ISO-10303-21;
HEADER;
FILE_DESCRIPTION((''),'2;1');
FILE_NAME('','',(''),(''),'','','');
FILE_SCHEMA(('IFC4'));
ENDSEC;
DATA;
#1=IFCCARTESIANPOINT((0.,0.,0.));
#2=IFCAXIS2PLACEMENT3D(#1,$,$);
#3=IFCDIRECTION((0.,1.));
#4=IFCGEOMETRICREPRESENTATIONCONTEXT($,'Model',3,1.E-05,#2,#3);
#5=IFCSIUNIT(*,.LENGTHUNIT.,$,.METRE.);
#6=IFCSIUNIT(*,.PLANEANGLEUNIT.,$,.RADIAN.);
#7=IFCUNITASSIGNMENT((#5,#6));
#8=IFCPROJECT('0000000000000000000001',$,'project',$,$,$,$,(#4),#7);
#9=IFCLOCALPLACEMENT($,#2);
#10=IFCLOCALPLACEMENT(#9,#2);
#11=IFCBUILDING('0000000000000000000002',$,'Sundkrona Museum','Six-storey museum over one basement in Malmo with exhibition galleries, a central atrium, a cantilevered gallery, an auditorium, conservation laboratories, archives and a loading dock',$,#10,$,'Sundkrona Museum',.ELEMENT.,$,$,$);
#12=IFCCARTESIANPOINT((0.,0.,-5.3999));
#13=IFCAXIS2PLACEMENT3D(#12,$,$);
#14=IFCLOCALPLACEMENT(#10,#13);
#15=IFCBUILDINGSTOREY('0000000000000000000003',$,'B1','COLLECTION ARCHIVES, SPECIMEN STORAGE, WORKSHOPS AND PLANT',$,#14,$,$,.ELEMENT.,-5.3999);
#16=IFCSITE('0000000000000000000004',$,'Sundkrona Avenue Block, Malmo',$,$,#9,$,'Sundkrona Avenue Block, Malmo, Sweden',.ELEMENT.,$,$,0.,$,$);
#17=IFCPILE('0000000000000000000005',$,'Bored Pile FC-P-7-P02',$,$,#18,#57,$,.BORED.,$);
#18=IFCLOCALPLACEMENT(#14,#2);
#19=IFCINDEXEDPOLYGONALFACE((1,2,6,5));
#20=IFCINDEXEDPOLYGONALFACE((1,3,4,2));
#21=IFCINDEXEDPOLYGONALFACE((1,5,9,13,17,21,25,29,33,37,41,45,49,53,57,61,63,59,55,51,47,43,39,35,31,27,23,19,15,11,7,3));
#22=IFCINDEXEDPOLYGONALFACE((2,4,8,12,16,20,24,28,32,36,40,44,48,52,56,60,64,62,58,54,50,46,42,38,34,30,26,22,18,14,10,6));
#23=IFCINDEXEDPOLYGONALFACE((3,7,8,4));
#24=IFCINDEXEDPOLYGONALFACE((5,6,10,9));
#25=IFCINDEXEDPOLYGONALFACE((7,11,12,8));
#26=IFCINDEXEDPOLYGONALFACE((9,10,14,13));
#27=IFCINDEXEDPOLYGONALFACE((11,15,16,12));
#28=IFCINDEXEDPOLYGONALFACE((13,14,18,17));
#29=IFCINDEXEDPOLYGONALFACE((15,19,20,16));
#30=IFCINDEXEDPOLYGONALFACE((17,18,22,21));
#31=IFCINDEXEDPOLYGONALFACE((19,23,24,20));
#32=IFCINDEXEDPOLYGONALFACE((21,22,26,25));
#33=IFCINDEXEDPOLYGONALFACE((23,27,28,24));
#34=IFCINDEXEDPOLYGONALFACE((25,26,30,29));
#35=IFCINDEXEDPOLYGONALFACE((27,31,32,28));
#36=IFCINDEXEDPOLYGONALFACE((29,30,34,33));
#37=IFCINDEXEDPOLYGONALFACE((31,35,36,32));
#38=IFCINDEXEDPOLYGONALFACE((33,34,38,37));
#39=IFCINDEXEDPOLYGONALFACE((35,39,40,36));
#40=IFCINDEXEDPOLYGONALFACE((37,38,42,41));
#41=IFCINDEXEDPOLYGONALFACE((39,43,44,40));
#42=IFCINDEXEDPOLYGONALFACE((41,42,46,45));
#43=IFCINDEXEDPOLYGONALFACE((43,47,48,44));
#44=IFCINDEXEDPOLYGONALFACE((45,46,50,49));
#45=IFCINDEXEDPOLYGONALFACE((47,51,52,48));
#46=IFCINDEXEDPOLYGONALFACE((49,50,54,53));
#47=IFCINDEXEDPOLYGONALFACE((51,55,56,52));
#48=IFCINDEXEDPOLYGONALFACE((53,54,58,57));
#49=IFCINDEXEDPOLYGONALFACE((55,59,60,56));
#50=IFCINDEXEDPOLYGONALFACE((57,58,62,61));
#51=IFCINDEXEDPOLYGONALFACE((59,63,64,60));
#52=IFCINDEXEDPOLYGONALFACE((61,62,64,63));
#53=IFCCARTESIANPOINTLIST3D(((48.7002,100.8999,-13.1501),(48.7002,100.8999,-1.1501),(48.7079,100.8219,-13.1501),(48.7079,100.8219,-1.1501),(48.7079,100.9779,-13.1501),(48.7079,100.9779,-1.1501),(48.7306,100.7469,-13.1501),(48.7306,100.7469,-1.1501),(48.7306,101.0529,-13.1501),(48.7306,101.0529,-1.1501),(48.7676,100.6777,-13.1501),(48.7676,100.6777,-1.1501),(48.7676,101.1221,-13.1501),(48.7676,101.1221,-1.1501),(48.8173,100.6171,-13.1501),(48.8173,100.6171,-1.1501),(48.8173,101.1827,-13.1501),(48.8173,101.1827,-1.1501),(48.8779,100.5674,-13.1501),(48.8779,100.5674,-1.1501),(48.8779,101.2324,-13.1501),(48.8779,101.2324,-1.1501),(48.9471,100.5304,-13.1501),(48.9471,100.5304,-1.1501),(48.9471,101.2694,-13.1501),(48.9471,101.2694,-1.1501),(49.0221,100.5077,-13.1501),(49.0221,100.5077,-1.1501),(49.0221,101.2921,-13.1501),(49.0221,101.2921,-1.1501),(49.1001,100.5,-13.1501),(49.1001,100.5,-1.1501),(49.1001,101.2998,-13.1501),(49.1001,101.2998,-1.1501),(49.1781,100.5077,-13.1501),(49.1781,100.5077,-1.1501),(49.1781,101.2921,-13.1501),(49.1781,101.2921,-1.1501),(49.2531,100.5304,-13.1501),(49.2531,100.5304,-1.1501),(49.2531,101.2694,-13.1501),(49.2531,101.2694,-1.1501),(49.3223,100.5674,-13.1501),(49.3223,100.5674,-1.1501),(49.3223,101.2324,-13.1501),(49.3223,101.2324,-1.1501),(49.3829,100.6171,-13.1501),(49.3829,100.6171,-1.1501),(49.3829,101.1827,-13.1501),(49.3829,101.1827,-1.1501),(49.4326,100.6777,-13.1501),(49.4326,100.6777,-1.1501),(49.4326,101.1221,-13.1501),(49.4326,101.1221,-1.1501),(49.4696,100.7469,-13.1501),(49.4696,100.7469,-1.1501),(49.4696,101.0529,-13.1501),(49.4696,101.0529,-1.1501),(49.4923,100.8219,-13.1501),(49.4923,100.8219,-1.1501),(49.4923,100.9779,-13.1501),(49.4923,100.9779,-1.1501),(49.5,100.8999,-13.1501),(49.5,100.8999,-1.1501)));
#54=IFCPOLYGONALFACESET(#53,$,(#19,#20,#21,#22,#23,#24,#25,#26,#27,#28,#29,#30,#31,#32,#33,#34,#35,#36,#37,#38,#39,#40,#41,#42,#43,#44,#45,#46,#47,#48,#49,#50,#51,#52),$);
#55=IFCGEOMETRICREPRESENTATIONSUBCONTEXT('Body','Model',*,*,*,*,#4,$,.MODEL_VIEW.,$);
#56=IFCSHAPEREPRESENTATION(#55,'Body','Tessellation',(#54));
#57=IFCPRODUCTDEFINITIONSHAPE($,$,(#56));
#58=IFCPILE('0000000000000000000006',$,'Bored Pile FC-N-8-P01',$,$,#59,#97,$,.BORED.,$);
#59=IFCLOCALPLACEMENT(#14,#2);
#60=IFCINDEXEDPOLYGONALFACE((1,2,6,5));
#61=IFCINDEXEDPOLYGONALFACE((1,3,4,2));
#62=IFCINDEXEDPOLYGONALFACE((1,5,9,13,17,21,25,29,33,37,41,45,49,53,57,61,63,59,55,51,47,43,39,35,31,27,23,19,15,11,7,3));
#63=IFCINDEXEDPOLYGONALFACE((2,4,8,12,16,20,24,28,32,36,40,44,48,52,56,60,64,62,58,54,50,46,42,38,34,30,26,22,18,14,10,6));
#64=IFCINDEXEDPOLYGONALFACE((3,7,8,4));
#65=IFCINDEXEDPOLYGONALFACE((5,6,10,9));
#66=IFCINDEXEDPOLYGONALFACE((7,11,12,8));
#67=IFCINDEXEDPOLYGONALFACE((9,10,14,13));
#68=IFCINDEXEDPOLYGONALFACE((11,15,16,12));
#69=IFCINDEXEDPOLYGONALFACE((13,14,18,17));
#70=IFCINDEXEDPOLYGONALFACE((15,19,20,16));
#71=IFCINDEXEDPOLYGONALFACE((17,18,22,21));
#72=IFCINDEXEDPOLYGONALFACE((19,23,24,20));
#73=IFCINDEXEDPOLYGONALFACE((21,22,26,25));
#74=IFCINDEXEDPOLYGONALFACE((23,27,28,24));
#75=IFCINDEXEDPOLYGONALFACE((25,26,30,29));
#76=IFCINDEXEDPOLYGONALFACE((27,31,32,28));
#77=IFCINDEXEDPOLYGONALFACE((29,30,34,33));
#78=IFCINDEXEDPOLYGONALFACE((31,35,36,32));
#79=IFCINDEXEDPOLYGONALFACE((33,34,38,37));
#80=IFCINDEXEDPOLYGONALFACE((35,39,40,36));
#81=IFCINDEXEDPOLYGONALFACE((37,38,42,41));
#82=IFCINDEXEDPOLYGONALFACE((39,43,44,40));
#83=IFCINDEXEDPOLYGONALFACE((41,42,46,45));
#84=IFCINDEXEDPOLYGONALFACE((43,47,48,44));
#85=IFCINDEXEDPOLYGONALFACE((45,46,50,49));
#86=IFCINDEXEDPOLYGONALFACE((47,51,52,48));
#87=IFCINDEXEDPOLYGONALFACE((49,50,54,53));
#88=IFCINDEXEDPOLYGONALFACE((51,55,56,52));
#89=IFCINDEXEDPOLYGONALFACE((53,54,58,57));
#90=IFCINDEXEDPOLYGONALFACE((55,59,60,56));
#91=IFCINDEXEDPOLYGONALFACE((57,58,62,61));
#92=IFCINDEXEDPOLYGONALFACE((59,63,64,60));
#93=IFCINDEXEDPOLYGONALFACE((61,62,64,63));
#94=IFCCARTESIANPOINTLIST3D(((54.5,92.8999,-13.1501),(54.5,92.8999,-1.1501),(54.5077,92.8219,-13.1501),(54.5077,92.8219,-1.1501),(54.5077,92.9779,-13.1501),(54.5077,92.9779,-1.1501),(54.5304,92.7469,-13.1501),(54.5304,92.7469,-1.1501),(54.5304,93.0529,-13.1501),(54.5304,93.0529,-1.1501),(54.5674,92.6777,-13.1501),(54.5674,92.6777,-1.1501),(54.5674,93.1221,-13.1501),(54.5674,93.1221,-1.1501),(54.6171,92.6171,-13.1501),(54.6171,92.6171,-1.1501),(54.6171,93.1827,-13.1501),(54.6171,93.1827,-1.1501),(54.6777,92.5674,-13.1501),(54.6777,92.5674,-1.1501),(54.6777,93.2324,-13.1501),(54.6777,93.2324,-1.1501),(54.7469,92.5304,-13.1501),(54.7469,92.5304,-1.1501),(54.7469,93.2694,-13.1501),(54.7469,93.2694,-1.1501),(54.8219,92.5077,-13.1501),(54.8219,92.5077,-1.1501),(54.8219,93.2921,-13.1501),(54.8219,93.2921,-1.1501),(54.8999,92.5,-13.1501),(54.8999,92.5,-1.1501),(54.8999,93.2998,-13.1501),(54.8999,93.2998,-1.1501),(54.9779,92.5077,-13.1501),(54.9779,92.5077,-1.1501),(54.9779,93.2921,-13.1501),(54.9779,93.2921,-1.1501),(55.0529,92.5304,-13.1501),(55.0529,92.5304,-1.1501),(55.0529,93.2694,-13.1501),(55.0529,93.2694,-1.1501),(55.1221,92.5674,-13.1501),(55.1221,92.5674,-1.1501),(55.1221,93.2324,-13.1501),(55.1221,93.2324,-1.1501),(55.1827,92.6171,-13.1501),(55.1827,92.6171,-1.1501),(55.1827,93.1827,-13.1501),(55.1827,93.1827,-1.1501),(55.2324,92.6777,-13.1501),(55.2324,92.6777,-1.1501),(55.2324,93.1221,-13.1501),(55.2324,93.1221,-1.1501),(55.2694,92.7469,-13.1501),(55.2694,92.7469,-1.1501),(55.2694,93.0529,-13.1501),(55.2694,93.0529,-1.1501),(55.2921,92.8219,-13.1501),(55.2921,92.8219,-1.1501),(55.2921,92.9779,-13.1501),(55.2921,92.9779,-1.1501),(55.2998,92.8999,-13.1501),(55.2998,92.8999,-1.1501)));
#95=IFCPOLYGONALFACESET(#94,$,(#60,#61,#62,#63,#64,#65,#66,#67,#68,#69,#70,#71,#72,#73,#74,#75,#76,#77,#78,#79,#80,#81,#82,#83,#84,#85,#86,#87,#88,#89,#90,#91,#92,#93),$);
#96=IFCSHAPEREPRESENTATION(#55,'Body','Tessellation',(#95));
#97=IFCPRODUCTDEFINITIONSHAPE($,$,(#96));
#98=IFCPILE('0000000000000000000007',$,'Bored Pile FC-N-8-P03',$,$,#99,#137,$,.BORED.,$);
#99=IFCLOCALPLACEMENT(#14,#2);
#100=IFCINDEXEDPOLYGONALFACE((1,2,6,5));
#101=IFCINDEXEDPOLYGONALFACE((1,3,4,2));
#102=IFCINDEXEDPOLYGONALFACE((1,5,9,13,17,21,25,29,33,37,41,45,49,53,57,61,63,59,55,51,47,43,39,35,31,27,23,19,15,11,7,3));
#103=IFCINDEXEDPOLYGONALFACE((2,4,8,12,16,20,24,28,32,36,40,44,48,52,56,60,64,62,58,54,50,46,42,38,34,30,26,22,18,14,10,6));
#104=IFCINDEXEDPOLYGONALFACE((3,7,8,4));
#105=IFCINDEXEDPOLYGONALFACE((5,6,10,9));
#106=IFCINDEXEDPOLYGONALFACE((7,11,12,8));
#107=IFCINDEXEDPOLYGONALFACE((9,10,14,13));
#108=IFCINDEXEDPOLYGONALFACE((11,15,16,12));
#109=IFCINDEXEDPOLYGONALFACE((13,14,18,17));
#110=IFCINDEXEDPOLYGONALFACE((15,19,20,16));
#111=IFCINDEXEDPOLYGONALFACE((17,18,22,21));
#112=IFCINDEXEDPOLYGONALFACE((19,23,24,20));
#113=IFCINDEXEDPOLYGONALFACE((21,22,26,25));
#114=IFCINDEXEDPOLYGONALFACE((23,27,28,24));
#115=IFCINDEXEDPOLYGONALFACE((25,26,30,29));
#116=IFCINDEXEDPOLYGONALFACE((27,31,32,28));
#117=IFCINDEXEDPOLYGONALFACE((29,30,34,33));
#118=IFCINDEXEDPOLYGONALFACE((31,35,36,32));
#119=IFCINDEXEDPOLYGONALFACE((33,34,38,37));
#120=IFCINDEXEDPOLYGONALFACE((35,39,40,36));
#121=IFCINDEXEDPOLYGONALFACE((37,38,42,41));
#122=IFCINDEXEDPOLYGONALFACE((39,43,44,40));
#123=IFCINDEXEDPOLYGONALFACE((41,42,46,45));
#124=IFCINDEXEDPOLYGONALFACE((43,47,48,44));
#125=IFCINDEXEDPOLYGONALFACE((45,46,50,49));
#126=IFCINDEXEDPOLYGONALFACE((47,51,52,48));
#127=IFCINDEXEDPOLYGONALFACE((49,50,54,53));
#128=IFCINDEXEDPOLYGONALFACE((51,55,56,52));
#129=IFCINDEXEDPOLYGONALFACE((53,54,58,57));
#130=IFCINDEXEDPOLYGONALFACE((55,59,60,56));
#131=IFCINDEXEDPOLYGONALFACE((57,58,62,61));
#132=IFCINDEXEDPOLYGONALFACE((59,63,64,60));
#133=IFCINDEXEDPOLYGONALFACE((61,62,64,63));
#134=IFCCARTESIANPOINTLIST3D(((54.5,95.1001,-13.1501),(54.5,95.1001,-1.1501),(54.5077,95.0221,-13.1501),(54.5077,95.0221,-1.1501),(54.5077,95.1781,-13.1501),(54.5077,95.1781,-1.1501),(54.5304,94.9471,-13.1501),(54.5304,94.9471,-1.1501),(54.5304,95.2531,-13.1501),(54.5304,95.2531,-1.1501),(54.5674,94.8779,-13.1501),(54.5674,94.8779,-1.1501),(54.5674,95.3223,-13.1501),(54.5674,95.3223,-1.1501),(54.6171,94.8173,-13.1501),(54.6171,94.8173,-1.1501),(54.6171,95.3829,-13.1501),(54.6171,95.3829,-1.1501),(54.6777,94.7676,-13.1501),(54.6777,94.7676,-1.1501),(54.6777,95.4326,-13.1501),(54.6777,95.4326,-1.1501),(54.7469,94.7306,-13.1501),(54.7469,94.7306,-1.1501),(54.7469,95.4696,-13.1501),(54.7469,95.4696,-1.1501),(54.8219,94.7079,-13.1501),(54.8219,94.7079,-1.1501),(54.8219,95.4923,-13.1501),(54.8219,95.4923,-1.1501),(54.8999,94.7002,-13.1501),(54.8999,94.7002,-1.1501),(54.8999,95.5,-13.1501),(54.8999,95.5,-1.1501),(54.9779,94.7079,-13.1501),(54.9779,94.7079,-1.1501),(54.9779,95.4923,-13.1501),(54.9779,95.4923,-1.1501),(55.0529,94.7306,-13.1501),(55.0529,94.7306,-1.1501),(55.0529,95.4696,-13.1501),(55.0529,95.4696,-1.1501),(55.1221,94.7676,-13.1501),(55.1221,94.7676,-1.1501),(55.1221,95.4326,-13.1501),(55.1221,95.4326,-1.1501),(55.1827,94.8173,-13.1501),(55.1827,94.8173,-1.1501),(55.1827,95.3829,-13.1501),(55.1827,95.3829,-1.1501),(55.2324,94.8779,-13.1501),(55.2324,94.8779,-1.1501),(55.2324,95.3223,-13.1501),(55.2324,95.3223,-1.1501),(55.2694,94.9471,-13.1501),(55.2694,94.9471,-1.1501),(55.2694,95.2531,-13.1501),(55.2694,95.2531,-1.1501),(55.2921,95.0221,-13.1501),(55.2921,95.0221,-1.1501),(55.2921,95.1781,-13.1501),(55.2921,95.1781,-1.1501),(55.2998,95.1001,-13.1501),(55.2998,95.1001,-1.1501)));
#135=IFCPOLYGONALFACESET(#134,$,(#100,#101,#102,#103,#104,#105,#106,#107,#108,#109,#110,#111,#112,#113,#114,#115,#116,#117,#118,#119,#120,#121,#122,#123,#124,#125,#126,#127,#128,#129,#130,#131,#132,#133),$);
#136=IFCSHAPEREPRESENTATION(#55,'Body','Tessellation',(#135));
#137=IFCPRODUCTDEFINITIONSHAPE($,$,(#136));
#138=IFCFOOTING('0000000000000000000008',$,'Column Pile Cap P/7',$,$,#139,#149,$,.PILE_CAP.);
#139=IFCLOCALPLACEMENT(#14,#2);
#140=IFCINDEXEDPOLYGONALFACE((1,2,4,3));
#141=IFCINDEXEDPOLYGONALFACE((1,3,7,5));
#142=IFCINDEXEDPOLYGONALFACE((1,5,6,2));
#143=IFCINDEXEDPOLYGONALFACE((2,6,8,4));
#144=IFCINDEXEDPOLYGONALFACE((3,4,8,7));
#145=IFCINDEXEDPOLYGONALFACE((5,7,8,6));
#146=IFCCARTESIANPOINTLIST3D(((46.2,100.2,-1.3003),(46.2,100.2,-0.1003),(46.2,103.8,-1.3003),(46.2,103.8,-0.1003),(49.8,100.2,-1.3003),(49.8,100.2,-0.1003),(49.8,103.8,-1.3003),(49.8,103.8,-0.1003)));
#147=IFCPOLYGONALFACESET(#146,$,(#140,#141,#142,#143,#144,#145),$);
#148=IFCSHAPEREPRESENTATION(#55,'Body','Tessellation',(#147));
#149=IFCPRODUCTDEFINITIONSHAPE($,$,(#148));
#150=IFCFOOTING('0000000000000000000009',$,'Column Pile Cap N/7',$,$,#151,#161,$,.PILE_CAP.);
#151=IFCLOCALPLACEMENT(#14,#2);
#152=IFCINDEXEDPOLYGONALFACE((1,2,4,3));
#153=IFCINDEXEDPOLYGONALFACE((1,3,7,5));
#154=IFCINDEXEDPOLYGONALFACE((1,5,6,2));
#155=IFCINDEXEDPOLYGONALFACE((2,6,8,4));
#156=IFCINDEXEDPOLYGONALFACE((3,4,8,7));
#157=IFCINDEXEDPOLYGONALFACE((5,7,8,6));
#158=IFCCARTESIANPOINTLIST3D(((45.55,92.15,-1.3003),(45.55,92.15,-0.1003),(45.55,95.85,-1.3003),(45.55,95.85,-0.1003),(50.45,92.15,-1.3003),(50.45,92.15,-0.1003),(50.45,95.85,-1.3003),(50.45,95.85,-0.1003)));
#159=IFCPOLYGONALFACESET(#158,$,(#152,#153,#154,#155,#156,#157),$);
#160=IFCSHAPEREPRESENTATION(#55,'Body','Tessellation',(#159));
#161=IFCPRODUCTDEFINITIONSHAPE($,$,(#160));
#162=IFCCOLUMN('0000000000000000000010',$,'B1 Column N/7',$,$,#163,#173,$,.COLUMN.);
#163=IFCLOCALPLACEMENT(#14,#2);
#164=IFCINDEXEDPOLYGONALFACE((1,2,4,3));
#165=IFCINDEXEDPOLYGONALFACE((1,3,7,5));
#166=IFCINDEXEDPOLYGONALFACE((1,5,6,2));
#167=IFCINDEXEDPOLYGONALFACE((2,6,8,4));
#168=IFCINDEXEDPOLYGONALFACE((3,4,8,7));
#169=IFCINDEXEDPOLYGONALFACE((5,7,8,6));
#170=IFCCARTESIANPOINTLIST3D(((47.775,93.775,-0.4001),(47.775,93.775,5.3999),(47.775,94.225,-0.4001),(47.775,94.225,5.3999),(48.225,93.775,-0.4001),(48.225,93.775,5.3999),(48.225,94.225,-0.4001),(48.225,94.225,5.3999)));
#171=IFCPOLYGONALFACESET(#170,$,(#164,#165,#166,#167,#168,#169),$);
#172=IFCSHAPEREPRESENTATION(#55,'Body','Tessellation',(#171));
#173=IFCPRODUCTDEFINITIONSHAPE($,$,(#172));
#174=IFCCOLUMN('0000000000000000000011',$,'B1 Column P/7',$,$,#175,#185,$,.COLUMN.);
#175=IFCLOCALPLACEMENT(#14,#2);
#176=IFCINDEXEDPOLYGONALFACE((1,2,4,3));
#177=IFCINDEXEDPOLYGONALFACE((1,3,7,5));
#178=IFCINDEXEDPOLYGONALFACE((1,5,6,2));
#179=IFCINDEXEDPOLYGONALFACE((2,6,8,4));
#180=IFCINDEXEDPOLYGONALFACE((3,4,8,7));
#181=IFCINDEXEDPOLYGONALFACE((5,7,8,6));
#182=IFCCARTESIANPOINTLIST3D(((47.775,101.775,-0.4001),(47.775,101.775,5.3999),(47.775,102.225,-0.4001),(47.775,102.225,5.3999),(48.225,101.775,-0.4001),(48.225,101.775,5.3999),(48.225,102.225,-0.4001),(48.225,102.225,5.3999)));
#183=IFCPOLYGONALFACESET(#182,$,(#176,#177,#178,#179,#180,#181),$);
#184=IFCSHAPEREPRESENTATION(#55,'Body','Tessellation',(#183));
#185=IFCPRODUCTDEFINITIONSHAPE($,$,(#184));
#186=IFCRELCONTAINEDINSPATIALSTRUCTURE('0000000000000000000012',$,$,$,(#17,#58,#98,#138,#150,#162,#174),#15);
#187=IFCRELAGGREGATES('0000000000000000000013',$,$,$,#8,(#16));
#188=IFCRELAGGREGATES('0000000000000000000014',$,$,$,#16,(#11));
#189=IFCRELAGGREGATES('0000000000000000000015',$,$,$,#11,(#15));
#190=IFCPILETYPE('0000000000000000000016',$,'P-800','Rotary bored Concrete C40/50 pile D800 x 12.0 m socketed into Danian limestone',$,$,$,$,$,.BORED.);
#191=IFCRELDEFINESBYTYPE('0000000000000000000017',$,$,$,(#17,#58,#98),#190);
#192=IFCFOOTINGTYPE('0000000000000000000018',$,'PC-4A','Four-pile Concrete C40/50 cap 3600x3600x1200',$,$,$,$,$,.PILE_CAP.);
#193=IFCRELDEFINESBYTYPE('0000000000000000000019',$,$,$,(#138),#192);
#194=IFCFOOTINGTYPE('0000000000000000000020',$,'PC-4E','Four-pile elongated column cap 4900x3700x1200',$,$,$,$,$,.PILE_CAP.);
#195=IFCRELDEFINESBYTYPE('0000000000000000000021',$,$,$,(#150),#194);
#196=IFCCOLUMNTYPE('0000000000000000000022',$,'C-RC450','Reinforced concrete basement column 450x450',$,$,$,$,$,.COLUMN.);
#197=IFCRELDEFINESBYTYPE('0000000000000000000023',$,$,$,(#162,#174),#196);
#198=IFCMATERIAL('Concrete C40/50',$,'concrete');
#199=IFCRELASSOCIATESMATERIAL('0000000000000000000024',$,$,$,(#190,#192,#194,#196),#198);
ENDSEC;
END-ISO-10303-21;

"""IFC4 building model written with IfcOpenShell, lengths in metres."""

from ifc_helpers import new_model, si_unit, direction, frame, origin, origin_2d, place, context, subcontext, project, spatial, rectangle, circle, extrude, material, material_profile, profile_set, type_object, element, save


model = new_model("IFC4")

# Units and contexts
model_context = context("Model", 3, precision=1e-05, world=origin(), true_north=direction((0.0, 1.0)))
body_context = subcontext(model_context, "Body", "Model", "MODEL_VIEW")
ifc_project = project(units=[si_unit("LENGTHUNIT", "METRE"), si_unit("PLANEANGLEUNIT", "RADIAN")], contexts=[model_context])

# Site, building, storey
site_placement = place(None, origin())
site = spatial("IfcSite", under=ifc_project, at=site_placement, Name="Sundkrona Avenue Block, Malmo", LongName="Sundkrona Avenue Block, Malmo, Sweden", CompositionType="ELEMENT", RefElevation=0.0)
building_placement = place(site_placement, origin())
building = spatial("IfcBuilding", under=site, at=building_placement, Name="Sundkrona Museum", Description="Six-storey museum over one basement in Malmo with exhibition galleries, a central atrium, a cantilevered gallery, an auditorium, conservation laboratories, archives and a loading dock", LongName="Sundkrona Museum", CompositionType="ELEMENT")
storey_placement = place(building_placement, frame((0.0, 0.0, -5.3999)))
storey = spatial("IfcBuildingStorey", under=building, at=storey_placement, Name="B1", Description="COLLECTION ARCHIVES, SPECIMEN STORAGE, WORKSHOPS AND PLANT", CompositionType="ELEMENT", Elevation=-5.3999)

# Shared definitions
ifc_material_1 = material(Name="Concrete C40/50", Category="concrete")

# Piles
ifc_material_profile_1 = material_profile(ifc_material_1, circle(Radius=0.3999, at=origin_2d()), Name="PILE D800")
ifc_profile_set_1 = profile_set([ifc_material_profile_1], Name="Concrete C40/50")
pile_type = type_object("IfcPileType", Name="P-800", Description="Rotary bored Concrete C40/50 pile D800 x 12.0 m socketed into Danian limestone", PredefinedType="BORED", material=ifc_profile_set_1)
for number, where, z_axis, x_axis, name in (
    (1, (49.1001, 100.8999, -1.1501), (0.0, 0.0, -1.0), (1.0, 0.0, 0.0), "Bored Pile FC-P-7-P02"),
    (2, (54.8999, 92.8999, -1.1501), (0.0, 0.0, -1.0), (1.0, 0.0, 0.0), "Bored Pile FC-N-8-P01"),
    (3, (54.8999, 95.1001, -1.1501), (0.0, 0.0, -1.0), (1.0, 0.0, 0.0), "Bored Pile FC-N-8-P03"),
):
    element("IfcPile", number, at=place(storey_placement, frame(where, z_axis=z_axis, x_axis=x_axis)), inside=storey, type_object=pile_type, Name=name, PredefinedType="BORED", context=body_context, shape_type="SweptSolid", body=[
        extrude(circle(Radius=0.3999, at=origin_2d()), origin(), (0.0, 0.0, 1.0), 12.0),
    ])

# Footings
footing_type_1 = type_object("IfcFootingType", Name="PC-4A", Description="Four-pile Concrete C40/50 cap 3600x3600x1200", PredefinedType="PILE_CAP", material=ifc_material_1)
footing_1_placement = place(storey_placement, frame((48.0, 102.0, -1.3003), z_axis=(0.0, 0.0, 1.0), x_axis=(1.0, 0.0, 0.0)))
element("IfcFooting", 4, at=footing_1_placement, inside=storey, type_object=footing_type_1, Name="Column Pile Cap P/7", PredefinedType="PILE_CAP", context=body_context, shape_type="SweptSolid", body=[
    extrude(rectangle(XDim=3.6001, YDim=3.6001, at=origin_2d()), origin(), (0.0, 0.0, 1.0), 1.2),
])
footing_type_2 = type_object("IfcFootingType", Name="PC-4E", Description="Four-pile elongated column cap 4900x3700x1200", PredefinedType="PILE_CAP", material=ifc_material_1)
footing_2_placement = place(storey_placement, frame((48.0, 94.0, -1.3003), z_axis=(0.0, 0.0, 1.0), x_axis=(1.0, 0.0, 0.0)))
element("IfcFooting", 5, at=footing_2_placement, inside=storey, type_object=footing_type_2, Name="Column Pile Cap N/7", PredefinedType="PILE_CAP", context=body_context, shape_type="SweptSolid", body=[
    extrude(rectangle(XDim=4.8999, YDim=3.7, at=origin_2d()), origin(), (0.0, 0.0, 1.0), 1.2),
])

# Columns
ifc_material_profile_2 = material_profile(ifc_material_1, rectangle(XDim=0.45, YDim=0.45, at=origin_2d()), Name="RC 450x450")
ifc_profile_set_2 = profile_set([ifc_material_profile_2], Name="Concrete C40/50")
column_type = type_object("IfcColumnType", Name="C-RC450", Description="Reinforced concrete basement column 450x450", PredefinedType="COLUMN", material=ifc_profile_set_2)
for number, where, z_axis, x_axis, name in (
    (6, (48.0, 94.0, -0.4001), (0.0, 0.0, 1.0), (1.0, 0.0, 0.0), "B1 Column N/7"),
    (7, (48.0, 102.0, -0.4001), (0.0, 0.0, 1.0), (1.0, 0.0, 0.0), "B1 Column P/7"),
):
    element("IfcColumn", number, at=place(storey_placement, frame(where, z_axis=z_axis, x_axis=x_axis)), inside=storey, type_object=column_type, Name=name, PredefinedType="COLUMN", context=body_context, shape_type="SweptSolid", body=[
        extrude(rectangle(XDim=0.45, YDim=0.45, at=origin_2d()), origin(), (0.0, 0.0, 1.0), 5.8),
    ])

save(model, "model.ifc")
